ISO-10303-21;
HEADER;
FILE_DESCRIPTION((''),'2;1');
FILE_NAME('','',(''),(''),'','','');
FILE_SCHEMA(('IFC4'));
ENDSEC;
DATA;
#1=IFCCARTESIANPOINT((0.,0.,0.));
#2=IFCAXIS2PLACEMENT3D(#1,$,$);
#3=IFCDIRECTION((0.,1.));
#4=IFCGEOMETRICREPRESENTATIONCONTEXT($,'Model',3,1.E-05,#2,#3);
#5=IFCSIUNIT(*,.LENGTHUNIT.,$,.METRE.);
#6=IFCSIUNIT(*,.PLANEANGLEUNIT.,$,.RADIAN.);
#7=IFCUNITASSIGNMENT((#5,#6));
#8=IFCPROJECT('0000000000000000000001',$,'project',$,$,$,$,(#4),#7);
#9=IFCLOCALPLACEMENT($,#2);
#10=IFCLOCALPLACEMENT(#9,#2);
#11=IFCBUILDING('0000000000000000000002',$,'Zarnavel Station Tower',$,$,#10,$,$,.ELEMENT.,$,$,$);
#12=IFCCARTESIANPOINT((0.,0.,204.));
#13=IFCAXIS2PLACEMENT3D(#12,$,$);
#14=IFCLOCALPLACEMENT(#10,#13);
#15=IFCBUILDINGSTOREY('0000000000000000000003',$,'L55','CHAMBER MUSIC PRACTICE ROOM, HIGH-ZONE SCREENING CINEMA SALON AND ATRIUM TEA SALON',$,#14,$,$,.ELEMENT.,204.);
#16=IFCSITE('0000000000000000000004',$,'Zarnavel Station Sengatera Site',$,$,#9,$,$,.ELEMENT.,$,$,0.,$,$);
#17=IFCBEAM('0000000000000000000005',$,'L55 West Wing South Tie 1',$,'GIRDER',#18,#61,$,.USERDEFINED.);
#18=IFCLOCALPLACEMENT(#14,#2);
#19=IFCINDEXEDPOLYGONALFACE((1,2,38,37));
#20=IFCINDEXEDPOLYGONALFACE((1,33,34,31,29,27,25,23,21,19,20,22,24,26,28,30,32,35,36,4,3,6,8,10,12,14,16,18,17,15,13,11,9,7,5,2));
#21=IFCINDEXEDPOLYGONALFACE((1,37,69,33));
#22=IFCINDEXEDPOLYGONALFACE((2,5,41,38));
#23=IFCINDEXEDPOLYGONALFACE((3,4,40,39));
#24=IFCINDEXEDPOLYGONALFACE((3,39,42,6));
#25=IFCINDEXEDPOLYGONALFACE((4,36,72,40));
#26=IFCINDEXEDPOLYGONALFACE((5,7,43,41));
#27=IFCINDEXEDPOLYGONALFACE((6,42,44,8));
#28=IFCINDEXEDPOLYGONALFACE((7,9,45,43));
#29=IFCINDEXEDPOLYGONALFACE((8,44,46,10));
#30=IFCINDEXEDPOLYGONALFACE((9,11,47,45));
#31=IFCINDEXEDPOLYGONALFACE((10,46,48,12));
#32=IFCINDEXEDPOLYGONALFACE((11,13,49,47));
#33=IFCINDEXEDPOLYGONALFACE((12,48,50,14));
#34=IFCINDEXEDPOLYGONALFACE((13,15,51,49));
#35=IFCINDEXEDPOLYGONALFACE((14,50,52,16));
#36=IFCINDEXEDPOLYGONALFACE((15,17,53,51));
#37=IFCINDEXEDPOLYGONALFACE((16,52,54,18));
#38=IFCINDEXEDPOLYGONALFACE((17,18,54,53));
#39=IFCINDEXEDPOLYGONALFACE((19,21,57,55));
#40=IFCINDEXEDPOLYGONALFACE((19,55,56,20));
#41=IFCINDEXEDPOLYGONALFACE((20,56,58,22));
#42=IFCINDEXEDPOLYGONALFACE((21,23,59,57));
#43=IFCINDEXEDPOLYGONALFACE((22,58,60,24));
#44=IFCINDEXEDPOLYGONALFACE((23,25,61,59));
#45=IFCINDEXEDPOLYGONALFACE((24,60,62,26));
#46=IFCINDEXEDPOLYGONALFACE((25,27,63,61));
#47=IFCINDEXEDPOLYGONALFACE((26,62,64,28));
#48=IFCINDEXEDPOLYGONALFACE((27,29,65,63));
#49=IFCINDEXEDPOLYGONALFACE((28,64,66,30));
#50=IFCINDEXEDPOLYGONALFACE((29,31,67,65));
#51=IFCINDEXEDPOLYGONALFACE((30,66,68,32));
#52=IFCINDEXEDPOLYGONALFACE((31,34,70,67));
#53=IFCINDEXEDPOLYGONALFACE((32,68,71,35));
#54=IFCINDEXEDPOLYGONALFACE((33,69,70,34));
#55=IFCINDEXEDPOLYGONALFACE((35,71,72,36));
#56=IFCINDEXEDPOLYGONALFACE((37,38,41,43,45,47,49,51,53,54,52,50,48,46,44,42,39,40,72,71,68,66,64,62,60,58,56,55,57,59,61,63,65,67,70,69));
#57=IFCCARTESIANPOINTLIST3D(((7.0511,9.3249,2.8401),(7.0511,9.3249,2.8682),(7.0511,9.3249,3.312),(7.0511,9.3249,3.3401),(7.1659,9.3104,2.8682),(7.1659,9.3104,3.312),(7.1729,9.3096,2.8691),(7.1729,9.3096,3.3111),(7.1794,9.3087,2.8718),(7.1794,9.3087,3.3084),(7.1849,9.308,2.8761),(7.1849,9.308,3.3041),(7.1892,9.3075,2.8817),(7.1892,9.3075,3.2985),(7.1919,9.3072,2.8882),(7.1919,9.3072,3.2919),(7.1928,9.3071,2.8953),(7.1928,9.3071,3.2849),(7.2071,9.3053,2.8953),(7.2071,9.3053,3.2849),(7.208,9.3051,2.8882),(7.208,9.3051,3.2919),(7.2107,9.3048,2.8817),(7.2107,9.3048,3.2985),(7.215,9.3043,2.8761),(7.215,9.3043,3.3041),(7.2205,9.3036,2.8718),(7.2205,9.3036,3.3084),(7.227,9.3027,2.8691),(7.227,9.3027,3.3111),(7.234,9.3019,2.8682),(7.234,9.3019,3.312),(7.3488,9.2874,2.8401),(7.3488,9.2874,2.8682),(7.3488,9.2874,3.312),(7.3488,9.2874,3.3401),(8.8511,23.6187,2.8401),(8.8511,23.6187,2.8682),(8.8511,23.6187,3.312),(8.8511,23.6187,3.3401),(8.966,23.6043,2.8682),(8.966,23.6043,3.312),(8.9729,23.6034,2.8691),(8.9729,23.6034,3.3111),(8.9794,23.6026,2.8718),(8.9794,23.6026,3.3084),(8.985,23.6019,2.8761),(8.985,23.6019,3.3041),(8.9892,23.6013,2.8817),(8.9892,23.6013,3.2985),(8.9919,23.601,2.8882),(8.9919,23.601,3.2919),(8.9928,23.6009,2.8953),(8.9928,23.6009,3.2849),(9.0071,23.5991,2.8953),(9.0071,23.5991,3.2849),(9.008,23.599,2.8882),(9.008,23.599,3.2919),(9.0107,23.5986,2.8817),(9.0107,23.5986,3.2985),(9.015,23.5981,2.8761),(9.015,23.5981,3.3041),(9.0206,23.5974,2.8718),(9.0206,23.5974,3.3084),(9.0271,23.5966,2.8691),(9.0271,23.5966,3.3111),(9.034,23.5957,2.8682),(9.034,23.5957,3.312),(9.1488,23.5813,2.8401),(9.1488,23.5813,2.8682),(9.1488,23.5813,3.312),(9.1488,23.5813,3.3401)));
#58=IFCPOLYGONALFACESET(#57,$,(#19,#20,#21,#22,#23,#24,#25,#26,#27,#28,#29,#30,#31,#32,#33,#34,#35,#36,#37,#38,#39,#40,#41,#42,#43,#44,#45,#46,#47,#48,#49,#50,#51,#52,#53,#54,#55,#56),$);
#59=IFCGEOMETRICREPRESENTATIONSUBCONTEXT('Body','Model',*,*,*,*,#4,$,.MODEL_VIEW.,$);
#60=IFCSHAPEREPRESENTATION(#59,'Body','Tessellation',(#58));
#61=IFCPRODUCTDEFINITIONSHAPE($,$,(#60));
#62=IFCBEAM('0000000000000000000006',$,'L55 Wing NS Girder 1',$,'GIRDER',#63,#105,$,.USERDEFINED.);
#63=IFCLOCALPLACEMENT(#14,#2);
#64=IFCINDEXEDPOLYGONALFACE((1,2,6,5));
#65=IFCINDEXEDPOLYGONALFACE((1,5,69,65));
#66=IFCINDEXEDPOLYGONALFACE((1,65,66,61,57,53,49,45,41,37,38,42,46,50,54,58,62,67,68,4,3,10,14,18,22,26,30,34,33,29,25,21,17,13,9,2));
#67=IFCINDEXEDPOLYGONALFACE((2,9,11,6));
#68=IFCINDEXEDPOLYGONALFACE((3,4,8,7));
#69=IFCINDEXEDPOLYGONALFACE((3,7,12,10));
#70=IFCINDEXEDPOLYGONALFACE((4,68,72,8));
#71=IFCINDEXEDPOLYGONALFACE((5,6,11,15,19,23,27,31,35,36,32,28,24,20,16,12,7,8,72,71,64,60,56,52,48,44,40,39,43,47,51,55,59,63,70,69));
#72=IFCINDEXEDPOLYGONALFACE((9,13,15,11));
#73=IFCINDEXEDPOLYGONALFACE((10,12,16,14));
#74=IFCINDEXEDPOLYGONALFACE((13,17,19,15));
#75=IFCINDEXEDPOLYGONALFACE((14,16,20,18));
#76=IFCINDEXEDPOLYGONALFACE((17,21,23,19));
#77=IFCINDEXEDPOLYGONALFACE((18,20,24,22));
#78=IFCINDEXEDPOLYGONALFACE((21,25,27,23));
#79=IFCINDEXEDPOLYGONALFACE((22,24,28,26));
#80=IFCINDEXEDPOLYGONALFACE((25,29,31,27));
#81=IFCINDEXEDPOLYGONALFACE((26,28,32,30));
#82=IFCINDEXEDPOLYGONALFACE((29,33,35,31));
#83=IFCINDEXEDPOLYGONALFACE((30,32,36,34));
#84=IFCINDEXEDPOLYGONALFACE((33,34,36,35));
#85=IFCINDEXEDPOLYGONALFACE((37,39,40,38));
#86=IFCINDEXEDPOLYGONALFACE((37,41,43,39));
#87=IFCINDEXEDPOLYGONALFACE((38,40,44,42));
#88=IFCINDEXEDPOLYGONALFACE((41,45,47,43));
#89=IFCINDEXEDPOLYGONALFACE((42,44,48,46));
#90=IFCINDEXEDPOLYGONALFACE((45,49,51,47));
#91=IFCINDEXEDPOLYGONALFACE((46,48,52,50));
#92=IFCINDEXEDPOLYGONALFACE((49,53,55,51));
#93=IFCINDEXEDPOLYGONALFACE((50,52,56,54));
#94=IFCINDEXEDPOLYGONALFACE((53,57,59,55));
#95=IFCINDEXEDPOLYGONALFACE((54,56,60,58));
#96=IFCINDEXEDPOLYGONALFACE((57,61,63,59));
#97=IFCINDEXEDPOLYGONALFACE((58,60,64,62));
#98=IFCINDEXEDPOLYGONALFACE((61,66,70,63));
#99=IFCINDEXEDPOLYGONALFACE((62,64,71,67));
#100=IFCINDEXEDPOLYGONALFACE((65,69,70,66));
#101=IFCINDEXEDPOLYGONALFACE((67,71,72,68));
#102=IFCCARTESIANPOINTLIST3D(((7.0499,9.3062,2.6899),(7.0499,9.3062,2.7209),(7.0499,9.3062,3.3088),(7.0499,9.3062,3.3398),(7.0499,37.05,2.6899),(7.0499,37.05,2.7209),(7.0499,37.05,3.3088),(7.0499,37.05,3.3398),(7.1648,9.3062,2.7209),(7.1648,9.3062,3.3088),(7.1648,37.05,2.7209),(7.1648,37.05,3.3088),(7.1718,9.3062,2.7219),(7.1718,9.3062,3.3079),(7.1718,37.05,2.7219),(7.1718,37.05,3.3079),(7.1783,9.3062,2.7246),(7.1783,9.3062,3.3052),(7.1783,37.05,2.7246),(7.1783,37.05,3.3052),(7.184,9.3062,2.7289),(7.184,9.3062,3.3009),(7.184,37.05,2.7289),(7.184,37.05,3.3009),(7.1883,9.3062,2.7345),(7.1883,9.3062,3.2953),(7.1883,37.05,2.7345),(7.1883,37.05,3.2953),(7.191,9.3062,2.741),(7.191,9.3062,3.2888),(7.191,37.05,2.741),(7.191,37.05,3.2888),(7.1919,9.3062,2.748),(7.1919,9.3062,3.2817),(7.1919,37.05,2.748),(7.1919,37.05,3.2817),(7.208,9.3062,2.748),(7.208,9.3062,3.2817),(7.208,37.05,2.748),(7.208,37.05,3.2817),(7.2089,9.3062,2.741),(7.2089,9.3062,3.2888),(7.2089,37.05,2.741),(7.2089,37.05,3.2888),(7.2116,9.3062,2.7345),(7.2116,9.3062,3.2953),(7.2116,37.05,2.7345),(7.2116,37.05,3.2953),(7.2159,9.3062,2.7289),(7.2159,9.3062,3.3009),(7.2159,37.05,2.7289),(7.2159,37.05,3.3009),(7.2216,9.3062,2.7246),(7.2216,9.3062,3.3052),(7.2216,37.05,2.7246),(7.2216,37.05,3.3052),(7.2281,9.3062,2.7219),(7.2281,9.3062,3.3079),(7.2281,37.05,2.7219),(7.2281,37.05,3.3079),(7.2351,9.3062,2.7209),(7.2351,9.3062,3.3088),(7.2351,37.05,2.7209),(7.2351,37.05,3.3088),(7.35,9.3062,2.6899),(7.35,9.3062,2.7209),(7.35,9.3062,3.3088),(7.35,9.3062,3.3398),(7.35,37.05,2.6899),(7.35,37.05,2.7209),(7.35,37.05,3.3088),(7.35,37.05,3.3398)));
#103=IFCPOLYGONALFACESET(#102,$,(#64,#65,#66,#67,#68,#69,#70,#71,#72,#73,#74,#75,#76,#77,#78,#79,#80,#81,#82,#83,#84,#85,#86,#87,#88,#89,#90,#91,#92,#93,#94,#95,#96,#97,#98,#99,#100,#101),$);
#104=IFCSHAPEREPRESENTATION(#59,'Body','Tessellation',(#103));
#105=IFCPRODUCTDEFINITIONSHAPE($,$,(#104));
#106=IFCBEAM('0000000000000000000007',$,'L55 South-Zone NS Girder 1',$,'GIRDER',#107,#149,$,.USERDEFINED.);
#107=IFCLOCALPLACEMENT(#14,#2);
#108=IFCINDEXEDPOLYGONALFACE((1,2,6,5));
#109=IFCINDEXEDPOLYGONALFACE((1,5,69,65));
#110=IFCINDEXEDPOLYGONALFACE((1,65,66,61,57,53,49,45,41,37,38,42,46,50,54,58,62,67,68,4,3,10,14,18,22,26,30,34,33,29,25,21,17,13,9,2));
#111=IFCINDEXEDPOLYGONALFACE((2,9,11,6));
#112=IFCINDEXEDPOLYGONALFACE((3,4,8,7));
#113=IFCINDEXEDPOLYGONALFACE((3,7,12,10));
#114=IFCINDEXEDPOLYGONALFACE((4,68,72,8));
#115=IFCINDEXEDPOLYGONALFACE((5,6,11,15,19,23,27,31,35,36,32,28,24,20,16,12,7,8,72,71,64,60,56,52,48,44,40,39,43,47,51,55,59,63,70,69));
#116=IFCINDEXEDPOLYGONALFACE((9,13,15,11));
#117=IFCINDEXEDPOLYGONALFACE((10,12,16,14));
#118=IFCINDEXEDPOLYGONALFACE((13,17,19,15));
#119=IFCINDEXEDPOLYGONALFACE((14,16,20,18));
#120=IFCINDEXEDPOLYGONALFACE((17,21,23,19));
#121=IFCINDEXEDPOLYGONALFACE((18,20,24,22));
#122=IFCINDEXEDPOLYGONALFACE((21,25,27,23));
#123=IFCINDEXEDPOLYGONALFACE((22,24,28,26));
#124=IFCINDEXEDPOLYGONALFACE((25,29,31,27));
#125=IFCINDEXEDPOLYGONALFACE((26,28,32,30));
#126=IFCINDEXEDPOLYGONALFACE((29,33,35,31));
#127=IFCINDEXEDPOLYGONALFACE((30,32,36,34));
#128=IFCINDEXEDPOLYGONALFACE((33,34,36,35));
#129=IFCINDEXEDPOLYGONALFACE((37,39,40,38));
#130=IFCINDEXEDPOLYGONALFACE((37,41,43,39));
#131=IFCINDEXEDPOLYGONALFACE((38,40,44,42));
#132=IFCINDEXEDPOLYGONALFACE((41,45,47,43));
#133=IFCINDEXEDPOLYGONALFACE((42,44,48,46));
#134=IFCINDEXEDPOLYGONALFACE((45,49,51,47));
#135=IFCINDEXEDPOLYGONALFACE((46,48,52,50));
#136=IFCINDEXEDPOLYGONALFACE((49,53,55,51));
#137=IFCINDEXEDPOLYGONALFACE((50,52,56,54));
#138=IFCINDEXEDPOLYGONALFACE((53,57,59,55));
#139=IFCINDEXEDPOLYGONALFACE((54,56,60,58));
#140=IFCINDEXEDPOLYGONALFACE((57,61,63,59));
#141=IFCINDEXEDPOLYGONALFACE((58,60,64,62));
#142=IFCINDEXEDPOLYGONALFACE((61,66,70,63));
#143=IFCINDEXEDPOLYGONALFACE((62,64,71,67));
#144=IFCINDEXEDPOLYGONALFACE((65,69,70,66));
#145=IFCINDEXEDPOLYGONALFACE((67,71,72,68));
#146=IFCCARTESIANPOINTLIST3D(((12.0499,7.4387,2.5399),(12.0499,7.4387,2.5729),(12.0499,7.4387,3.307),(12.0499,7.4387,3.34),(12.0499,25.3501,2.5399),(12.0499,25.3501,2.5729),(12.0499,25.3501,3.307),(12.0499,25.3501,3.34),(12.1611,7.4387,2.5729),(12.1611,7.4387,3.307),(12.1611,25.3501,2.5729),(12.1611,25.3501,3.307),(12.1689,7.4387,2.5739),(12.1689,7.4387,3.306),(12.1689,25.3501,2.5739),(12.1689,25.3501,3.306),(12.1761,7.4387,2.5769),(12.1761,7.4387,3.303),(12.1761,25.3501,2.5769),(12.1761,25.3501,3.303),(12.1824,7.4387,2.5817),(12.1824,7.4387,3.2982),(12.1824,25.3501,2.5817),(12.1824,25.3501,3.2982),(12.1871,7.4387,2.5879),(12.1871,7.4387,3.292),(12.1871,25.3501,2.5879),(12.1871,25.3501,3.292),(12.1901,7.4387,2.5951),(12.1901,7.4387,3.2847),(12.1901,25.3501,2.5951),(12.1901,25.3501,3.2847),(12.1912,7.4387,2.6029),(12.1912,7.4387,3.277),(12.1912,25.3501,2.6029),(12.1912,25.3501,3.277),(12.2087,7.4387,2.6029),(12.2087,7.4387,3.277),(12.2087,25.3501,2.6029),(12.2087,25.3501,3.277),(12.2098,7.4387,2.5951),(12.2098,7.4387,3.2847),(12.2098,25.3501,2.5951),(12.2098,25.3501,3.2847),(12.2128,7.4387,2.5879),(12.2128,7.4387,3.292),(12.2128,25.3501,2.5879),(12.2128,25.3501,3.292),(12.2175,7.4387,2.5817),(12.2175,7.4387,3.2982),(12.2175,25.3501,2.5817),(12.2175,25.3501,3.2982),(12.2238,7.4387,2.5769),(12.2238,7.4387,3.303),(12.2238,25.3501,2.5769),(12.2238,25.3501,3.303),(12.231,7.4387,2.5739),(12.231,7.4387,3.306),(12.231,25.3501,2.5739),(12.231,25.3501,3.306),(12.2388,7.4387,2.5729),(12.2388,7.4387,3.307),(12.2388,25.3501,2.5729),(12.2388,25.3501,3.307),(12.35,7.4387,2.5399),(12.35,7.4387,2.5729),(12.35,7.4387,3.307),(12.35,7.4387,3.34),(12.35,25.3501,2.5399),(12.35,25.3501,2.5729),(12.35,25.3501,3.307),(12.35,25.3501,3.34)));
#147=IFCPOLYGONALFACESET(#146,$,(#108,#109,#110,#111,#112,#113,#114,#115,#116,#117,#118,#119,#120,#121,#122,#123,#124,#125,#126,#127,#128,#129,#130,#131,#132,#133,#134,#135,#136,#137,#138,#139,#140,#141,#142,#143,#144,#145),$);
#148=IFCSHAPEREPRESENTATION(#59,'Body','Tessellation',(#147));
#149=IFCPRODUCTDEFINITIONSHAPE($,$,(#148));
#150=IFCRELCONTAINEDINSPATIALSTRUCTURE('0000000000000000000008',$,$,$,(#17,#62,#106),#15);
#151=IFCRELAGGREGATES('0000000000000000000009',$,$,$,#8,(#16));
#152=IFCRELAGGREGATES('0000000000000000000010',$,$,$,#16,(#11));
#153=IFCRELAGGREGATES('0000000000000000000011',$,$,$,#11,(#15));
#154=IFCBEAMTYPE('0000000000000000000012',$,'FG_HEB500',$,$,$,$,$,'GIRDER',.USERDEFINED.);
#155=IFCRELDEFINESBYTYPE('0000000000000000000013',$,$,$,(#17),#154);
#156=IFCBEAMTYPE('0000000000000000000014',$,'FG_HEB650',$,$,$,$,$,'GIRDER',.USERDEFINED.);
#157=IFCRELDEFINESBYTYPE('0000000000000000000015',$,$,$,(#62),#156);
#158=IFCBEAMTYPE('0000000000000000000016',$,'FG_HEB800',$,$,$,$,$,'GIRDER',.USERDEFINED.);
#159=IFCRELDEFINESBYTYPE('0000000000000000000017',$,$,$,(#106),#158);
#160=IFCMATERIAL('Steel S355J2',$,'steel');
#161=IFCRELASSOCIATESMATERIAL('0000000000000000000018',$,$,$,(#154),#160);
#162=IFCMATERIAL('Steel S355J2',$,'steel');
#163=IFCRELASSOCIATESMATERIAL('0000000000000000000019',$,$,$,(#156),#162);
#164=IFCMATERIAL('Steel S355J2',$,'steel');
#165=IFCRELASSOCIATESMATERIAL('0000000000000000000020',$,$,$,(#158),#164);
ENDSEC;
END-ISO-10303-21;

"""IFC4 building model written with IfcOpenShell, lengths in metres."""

from ifc_helpers import new_model, si_unit, direction, frame, origin, origin_2d, place, context, subcontext, project, spatial, i_section, extrude, material, material_profile, profile_set, type_object, element, save


model = new_model("IFC4")

# Units and contexts
model_context = context("Model", 3, precision=1e-05, world=origin(), true_north=direction((0.0, 1.0)))
body_context = subcontext(model_context, "Body", "Model", "MODEL_VIEW")
ifc_project = project(units=[si_unit("LENGTHUNIT", "METRE"), si_unit("PLANEANGLEUNIT", "RADIAN")], contexts=[model_context])

# Site, building, storey
site_placement = place(None, origin())
site = spatial("IfcSite", under=ifc_project, at=site_placement, Name="Zarnavel Station Sengatera Site", CompositionType="ELEMENT", RefElevation=0.0)
building_placement = place(site_placement, origin())
building = spatial("IfcBuilding", under=site, at=building_placement, Name="Zarnavel Station Tower", CompositionType="ELEMENT")
storey_placement = place(building_placement, frame((0.0, 0.0, 204.0)))
storey = spatial("IfcBuildingStorey", under=building, at=storey_placement, Name="L55", Description="CHAMBER MUSIC PRACTICE ROOM, HIGH-ZONE SCREENING CINEMA SALON AND ATRIUM TEA SALON", CompositionType="ELEMENT", Elevation=204.0)

# Beams
ifc_material_1 = material(Name="Steel S355J2", Category="steel")
ifc_material_profile_1 = material_profile(ifc_material_1, i_section(OverallWidth=0.3, OverallDepth=0.5, WebThickness=0.0144, FlangeThickness=0.0281, FilletRadius=0.0271, at=origin_2d()), Name="HEB500")
ifc_profile_set_1 = profile_set([ifc_material_profile_1], Name="Steel S355J2")
beam_type_1 = type_object("IfcBeamType", Name="FG_HEB500", ElementType="GIRDER", PredefinedType="USERDEFINED", material=ifc_profile_set_1)
beam_1_placement = place(storey_placement, frame((7.2, 9.3062, 3.0901), z_axis=(0.124944, 0.992164, 0.0), x_axis=(-0.992164, 0.124944, 0.0)))
element("IfcBeam", 1, at=beam_1_placement, inside=storey, type_object=beam_type_1, Name="L55 West Wing South Tie 1", ObjectType="GIRDER", PredefinedType="USERDEFINED", context=body_context, shape_type="SweptSolid", body=[
    extrude(i_section(OverallWidth=0.3, OverallDepth=0.5, WebThickness=0.0144, FlangeThickness=0.0281, FilletRadius=0.0271, at=origin_2d()), origin(), (0.0, 0.0, 1.0), 14.4067),
])
ifc_material_2 = material(Name="Steel S355J2", Category="steel")
ifc_material_profile_2 = material_profile(ifc_material_2, i_section(OverallWidth=0.3, OverallDepth=0.6499, WebThickness=0.0161, FlangeThickness=0.031, FilletRadius=0.0271, at=origin_2d()), Name="HEB650")
ifc_profile_set_2 = profile_set([ifc_material_profile_2], Name="Steel S355J2")
beam_type_2 = type_object("IfcBeamType", Name="FG_HEB650", ElementType="GIRDER", PredefinedType="USERDEFINED", material=ifc_profile_set_2)
beam_2_placement = place(storey_placement, frame((7.2, 9.3062, 3.0149), z_axis=(0.0, 1.0, 0.0), x_axis=(-1.0, 0.0, 0.0)))
element("IfcBeam", 2, at=beam_2_placement, inside=storey, type_object=beam_type_2, Name="L55 Wing NS Girder 1", ObjectType="GIRDER", PredefinedType="USERDEFINED", context=body_context, shape_type="SweptSolid", body=[
    extrude(i_section(OverallWidth=0.3, OverallDepth=0.6499, WebThickness=0.0161, FlangeThickness=0.031, FilletRadius=0.0271, at=origin_2d()), origin(), (0.0, 0.0, 1.0), 27.7439),
])
ifc_material_3 = material(Name="Steel S355J2", Category="steel")
ifc_material_profile_3 = material_profile(ifc_material_3, i_section(OverallWidth=0.3, OverallDepth=0.8, WebThickness=0.0176, FlangeThickness=0.033, FilletRadius=0.03, at=origin_2d()), Name="HEB800")
ifc_profile_set_3 = profile_set([ifc_material_profile_3], Name="Steel S355J2")
beam_type_3 = type_object("IfcBeamType", Name="FG_HEB800", ElementType="GIRDER", PredefinedType="USERDEFINED", material=ifc_profile_set_3)
beam_3_placement = place(storey_placement, frame((12.2, 7.4387, 2.9399), z_axis=(0.0, 1.0, 0.0), x_axis=(-1.0, 0.0, 0.0)))
element("IfcBeam", 3, at=beam_3_placement, inside=storey, type_object=beam_type_3, Name="L55 South-Zone NS Girder 1", ObjectType="GIRDER", PredefinedType="USERDEFINED", context=body_context, shape_type="SweptSolid", body=[
    extrude(i_section(OverallWidth=0.3, OverallDepth=0.8, WebThickness=0.0176, FlangeThickness=0.033, FilletRadius=0.03, at=origin_2d()), origin(), (0.0, 0.0, 1.0), 17.9114),
])

save(model, "model.ifc")
